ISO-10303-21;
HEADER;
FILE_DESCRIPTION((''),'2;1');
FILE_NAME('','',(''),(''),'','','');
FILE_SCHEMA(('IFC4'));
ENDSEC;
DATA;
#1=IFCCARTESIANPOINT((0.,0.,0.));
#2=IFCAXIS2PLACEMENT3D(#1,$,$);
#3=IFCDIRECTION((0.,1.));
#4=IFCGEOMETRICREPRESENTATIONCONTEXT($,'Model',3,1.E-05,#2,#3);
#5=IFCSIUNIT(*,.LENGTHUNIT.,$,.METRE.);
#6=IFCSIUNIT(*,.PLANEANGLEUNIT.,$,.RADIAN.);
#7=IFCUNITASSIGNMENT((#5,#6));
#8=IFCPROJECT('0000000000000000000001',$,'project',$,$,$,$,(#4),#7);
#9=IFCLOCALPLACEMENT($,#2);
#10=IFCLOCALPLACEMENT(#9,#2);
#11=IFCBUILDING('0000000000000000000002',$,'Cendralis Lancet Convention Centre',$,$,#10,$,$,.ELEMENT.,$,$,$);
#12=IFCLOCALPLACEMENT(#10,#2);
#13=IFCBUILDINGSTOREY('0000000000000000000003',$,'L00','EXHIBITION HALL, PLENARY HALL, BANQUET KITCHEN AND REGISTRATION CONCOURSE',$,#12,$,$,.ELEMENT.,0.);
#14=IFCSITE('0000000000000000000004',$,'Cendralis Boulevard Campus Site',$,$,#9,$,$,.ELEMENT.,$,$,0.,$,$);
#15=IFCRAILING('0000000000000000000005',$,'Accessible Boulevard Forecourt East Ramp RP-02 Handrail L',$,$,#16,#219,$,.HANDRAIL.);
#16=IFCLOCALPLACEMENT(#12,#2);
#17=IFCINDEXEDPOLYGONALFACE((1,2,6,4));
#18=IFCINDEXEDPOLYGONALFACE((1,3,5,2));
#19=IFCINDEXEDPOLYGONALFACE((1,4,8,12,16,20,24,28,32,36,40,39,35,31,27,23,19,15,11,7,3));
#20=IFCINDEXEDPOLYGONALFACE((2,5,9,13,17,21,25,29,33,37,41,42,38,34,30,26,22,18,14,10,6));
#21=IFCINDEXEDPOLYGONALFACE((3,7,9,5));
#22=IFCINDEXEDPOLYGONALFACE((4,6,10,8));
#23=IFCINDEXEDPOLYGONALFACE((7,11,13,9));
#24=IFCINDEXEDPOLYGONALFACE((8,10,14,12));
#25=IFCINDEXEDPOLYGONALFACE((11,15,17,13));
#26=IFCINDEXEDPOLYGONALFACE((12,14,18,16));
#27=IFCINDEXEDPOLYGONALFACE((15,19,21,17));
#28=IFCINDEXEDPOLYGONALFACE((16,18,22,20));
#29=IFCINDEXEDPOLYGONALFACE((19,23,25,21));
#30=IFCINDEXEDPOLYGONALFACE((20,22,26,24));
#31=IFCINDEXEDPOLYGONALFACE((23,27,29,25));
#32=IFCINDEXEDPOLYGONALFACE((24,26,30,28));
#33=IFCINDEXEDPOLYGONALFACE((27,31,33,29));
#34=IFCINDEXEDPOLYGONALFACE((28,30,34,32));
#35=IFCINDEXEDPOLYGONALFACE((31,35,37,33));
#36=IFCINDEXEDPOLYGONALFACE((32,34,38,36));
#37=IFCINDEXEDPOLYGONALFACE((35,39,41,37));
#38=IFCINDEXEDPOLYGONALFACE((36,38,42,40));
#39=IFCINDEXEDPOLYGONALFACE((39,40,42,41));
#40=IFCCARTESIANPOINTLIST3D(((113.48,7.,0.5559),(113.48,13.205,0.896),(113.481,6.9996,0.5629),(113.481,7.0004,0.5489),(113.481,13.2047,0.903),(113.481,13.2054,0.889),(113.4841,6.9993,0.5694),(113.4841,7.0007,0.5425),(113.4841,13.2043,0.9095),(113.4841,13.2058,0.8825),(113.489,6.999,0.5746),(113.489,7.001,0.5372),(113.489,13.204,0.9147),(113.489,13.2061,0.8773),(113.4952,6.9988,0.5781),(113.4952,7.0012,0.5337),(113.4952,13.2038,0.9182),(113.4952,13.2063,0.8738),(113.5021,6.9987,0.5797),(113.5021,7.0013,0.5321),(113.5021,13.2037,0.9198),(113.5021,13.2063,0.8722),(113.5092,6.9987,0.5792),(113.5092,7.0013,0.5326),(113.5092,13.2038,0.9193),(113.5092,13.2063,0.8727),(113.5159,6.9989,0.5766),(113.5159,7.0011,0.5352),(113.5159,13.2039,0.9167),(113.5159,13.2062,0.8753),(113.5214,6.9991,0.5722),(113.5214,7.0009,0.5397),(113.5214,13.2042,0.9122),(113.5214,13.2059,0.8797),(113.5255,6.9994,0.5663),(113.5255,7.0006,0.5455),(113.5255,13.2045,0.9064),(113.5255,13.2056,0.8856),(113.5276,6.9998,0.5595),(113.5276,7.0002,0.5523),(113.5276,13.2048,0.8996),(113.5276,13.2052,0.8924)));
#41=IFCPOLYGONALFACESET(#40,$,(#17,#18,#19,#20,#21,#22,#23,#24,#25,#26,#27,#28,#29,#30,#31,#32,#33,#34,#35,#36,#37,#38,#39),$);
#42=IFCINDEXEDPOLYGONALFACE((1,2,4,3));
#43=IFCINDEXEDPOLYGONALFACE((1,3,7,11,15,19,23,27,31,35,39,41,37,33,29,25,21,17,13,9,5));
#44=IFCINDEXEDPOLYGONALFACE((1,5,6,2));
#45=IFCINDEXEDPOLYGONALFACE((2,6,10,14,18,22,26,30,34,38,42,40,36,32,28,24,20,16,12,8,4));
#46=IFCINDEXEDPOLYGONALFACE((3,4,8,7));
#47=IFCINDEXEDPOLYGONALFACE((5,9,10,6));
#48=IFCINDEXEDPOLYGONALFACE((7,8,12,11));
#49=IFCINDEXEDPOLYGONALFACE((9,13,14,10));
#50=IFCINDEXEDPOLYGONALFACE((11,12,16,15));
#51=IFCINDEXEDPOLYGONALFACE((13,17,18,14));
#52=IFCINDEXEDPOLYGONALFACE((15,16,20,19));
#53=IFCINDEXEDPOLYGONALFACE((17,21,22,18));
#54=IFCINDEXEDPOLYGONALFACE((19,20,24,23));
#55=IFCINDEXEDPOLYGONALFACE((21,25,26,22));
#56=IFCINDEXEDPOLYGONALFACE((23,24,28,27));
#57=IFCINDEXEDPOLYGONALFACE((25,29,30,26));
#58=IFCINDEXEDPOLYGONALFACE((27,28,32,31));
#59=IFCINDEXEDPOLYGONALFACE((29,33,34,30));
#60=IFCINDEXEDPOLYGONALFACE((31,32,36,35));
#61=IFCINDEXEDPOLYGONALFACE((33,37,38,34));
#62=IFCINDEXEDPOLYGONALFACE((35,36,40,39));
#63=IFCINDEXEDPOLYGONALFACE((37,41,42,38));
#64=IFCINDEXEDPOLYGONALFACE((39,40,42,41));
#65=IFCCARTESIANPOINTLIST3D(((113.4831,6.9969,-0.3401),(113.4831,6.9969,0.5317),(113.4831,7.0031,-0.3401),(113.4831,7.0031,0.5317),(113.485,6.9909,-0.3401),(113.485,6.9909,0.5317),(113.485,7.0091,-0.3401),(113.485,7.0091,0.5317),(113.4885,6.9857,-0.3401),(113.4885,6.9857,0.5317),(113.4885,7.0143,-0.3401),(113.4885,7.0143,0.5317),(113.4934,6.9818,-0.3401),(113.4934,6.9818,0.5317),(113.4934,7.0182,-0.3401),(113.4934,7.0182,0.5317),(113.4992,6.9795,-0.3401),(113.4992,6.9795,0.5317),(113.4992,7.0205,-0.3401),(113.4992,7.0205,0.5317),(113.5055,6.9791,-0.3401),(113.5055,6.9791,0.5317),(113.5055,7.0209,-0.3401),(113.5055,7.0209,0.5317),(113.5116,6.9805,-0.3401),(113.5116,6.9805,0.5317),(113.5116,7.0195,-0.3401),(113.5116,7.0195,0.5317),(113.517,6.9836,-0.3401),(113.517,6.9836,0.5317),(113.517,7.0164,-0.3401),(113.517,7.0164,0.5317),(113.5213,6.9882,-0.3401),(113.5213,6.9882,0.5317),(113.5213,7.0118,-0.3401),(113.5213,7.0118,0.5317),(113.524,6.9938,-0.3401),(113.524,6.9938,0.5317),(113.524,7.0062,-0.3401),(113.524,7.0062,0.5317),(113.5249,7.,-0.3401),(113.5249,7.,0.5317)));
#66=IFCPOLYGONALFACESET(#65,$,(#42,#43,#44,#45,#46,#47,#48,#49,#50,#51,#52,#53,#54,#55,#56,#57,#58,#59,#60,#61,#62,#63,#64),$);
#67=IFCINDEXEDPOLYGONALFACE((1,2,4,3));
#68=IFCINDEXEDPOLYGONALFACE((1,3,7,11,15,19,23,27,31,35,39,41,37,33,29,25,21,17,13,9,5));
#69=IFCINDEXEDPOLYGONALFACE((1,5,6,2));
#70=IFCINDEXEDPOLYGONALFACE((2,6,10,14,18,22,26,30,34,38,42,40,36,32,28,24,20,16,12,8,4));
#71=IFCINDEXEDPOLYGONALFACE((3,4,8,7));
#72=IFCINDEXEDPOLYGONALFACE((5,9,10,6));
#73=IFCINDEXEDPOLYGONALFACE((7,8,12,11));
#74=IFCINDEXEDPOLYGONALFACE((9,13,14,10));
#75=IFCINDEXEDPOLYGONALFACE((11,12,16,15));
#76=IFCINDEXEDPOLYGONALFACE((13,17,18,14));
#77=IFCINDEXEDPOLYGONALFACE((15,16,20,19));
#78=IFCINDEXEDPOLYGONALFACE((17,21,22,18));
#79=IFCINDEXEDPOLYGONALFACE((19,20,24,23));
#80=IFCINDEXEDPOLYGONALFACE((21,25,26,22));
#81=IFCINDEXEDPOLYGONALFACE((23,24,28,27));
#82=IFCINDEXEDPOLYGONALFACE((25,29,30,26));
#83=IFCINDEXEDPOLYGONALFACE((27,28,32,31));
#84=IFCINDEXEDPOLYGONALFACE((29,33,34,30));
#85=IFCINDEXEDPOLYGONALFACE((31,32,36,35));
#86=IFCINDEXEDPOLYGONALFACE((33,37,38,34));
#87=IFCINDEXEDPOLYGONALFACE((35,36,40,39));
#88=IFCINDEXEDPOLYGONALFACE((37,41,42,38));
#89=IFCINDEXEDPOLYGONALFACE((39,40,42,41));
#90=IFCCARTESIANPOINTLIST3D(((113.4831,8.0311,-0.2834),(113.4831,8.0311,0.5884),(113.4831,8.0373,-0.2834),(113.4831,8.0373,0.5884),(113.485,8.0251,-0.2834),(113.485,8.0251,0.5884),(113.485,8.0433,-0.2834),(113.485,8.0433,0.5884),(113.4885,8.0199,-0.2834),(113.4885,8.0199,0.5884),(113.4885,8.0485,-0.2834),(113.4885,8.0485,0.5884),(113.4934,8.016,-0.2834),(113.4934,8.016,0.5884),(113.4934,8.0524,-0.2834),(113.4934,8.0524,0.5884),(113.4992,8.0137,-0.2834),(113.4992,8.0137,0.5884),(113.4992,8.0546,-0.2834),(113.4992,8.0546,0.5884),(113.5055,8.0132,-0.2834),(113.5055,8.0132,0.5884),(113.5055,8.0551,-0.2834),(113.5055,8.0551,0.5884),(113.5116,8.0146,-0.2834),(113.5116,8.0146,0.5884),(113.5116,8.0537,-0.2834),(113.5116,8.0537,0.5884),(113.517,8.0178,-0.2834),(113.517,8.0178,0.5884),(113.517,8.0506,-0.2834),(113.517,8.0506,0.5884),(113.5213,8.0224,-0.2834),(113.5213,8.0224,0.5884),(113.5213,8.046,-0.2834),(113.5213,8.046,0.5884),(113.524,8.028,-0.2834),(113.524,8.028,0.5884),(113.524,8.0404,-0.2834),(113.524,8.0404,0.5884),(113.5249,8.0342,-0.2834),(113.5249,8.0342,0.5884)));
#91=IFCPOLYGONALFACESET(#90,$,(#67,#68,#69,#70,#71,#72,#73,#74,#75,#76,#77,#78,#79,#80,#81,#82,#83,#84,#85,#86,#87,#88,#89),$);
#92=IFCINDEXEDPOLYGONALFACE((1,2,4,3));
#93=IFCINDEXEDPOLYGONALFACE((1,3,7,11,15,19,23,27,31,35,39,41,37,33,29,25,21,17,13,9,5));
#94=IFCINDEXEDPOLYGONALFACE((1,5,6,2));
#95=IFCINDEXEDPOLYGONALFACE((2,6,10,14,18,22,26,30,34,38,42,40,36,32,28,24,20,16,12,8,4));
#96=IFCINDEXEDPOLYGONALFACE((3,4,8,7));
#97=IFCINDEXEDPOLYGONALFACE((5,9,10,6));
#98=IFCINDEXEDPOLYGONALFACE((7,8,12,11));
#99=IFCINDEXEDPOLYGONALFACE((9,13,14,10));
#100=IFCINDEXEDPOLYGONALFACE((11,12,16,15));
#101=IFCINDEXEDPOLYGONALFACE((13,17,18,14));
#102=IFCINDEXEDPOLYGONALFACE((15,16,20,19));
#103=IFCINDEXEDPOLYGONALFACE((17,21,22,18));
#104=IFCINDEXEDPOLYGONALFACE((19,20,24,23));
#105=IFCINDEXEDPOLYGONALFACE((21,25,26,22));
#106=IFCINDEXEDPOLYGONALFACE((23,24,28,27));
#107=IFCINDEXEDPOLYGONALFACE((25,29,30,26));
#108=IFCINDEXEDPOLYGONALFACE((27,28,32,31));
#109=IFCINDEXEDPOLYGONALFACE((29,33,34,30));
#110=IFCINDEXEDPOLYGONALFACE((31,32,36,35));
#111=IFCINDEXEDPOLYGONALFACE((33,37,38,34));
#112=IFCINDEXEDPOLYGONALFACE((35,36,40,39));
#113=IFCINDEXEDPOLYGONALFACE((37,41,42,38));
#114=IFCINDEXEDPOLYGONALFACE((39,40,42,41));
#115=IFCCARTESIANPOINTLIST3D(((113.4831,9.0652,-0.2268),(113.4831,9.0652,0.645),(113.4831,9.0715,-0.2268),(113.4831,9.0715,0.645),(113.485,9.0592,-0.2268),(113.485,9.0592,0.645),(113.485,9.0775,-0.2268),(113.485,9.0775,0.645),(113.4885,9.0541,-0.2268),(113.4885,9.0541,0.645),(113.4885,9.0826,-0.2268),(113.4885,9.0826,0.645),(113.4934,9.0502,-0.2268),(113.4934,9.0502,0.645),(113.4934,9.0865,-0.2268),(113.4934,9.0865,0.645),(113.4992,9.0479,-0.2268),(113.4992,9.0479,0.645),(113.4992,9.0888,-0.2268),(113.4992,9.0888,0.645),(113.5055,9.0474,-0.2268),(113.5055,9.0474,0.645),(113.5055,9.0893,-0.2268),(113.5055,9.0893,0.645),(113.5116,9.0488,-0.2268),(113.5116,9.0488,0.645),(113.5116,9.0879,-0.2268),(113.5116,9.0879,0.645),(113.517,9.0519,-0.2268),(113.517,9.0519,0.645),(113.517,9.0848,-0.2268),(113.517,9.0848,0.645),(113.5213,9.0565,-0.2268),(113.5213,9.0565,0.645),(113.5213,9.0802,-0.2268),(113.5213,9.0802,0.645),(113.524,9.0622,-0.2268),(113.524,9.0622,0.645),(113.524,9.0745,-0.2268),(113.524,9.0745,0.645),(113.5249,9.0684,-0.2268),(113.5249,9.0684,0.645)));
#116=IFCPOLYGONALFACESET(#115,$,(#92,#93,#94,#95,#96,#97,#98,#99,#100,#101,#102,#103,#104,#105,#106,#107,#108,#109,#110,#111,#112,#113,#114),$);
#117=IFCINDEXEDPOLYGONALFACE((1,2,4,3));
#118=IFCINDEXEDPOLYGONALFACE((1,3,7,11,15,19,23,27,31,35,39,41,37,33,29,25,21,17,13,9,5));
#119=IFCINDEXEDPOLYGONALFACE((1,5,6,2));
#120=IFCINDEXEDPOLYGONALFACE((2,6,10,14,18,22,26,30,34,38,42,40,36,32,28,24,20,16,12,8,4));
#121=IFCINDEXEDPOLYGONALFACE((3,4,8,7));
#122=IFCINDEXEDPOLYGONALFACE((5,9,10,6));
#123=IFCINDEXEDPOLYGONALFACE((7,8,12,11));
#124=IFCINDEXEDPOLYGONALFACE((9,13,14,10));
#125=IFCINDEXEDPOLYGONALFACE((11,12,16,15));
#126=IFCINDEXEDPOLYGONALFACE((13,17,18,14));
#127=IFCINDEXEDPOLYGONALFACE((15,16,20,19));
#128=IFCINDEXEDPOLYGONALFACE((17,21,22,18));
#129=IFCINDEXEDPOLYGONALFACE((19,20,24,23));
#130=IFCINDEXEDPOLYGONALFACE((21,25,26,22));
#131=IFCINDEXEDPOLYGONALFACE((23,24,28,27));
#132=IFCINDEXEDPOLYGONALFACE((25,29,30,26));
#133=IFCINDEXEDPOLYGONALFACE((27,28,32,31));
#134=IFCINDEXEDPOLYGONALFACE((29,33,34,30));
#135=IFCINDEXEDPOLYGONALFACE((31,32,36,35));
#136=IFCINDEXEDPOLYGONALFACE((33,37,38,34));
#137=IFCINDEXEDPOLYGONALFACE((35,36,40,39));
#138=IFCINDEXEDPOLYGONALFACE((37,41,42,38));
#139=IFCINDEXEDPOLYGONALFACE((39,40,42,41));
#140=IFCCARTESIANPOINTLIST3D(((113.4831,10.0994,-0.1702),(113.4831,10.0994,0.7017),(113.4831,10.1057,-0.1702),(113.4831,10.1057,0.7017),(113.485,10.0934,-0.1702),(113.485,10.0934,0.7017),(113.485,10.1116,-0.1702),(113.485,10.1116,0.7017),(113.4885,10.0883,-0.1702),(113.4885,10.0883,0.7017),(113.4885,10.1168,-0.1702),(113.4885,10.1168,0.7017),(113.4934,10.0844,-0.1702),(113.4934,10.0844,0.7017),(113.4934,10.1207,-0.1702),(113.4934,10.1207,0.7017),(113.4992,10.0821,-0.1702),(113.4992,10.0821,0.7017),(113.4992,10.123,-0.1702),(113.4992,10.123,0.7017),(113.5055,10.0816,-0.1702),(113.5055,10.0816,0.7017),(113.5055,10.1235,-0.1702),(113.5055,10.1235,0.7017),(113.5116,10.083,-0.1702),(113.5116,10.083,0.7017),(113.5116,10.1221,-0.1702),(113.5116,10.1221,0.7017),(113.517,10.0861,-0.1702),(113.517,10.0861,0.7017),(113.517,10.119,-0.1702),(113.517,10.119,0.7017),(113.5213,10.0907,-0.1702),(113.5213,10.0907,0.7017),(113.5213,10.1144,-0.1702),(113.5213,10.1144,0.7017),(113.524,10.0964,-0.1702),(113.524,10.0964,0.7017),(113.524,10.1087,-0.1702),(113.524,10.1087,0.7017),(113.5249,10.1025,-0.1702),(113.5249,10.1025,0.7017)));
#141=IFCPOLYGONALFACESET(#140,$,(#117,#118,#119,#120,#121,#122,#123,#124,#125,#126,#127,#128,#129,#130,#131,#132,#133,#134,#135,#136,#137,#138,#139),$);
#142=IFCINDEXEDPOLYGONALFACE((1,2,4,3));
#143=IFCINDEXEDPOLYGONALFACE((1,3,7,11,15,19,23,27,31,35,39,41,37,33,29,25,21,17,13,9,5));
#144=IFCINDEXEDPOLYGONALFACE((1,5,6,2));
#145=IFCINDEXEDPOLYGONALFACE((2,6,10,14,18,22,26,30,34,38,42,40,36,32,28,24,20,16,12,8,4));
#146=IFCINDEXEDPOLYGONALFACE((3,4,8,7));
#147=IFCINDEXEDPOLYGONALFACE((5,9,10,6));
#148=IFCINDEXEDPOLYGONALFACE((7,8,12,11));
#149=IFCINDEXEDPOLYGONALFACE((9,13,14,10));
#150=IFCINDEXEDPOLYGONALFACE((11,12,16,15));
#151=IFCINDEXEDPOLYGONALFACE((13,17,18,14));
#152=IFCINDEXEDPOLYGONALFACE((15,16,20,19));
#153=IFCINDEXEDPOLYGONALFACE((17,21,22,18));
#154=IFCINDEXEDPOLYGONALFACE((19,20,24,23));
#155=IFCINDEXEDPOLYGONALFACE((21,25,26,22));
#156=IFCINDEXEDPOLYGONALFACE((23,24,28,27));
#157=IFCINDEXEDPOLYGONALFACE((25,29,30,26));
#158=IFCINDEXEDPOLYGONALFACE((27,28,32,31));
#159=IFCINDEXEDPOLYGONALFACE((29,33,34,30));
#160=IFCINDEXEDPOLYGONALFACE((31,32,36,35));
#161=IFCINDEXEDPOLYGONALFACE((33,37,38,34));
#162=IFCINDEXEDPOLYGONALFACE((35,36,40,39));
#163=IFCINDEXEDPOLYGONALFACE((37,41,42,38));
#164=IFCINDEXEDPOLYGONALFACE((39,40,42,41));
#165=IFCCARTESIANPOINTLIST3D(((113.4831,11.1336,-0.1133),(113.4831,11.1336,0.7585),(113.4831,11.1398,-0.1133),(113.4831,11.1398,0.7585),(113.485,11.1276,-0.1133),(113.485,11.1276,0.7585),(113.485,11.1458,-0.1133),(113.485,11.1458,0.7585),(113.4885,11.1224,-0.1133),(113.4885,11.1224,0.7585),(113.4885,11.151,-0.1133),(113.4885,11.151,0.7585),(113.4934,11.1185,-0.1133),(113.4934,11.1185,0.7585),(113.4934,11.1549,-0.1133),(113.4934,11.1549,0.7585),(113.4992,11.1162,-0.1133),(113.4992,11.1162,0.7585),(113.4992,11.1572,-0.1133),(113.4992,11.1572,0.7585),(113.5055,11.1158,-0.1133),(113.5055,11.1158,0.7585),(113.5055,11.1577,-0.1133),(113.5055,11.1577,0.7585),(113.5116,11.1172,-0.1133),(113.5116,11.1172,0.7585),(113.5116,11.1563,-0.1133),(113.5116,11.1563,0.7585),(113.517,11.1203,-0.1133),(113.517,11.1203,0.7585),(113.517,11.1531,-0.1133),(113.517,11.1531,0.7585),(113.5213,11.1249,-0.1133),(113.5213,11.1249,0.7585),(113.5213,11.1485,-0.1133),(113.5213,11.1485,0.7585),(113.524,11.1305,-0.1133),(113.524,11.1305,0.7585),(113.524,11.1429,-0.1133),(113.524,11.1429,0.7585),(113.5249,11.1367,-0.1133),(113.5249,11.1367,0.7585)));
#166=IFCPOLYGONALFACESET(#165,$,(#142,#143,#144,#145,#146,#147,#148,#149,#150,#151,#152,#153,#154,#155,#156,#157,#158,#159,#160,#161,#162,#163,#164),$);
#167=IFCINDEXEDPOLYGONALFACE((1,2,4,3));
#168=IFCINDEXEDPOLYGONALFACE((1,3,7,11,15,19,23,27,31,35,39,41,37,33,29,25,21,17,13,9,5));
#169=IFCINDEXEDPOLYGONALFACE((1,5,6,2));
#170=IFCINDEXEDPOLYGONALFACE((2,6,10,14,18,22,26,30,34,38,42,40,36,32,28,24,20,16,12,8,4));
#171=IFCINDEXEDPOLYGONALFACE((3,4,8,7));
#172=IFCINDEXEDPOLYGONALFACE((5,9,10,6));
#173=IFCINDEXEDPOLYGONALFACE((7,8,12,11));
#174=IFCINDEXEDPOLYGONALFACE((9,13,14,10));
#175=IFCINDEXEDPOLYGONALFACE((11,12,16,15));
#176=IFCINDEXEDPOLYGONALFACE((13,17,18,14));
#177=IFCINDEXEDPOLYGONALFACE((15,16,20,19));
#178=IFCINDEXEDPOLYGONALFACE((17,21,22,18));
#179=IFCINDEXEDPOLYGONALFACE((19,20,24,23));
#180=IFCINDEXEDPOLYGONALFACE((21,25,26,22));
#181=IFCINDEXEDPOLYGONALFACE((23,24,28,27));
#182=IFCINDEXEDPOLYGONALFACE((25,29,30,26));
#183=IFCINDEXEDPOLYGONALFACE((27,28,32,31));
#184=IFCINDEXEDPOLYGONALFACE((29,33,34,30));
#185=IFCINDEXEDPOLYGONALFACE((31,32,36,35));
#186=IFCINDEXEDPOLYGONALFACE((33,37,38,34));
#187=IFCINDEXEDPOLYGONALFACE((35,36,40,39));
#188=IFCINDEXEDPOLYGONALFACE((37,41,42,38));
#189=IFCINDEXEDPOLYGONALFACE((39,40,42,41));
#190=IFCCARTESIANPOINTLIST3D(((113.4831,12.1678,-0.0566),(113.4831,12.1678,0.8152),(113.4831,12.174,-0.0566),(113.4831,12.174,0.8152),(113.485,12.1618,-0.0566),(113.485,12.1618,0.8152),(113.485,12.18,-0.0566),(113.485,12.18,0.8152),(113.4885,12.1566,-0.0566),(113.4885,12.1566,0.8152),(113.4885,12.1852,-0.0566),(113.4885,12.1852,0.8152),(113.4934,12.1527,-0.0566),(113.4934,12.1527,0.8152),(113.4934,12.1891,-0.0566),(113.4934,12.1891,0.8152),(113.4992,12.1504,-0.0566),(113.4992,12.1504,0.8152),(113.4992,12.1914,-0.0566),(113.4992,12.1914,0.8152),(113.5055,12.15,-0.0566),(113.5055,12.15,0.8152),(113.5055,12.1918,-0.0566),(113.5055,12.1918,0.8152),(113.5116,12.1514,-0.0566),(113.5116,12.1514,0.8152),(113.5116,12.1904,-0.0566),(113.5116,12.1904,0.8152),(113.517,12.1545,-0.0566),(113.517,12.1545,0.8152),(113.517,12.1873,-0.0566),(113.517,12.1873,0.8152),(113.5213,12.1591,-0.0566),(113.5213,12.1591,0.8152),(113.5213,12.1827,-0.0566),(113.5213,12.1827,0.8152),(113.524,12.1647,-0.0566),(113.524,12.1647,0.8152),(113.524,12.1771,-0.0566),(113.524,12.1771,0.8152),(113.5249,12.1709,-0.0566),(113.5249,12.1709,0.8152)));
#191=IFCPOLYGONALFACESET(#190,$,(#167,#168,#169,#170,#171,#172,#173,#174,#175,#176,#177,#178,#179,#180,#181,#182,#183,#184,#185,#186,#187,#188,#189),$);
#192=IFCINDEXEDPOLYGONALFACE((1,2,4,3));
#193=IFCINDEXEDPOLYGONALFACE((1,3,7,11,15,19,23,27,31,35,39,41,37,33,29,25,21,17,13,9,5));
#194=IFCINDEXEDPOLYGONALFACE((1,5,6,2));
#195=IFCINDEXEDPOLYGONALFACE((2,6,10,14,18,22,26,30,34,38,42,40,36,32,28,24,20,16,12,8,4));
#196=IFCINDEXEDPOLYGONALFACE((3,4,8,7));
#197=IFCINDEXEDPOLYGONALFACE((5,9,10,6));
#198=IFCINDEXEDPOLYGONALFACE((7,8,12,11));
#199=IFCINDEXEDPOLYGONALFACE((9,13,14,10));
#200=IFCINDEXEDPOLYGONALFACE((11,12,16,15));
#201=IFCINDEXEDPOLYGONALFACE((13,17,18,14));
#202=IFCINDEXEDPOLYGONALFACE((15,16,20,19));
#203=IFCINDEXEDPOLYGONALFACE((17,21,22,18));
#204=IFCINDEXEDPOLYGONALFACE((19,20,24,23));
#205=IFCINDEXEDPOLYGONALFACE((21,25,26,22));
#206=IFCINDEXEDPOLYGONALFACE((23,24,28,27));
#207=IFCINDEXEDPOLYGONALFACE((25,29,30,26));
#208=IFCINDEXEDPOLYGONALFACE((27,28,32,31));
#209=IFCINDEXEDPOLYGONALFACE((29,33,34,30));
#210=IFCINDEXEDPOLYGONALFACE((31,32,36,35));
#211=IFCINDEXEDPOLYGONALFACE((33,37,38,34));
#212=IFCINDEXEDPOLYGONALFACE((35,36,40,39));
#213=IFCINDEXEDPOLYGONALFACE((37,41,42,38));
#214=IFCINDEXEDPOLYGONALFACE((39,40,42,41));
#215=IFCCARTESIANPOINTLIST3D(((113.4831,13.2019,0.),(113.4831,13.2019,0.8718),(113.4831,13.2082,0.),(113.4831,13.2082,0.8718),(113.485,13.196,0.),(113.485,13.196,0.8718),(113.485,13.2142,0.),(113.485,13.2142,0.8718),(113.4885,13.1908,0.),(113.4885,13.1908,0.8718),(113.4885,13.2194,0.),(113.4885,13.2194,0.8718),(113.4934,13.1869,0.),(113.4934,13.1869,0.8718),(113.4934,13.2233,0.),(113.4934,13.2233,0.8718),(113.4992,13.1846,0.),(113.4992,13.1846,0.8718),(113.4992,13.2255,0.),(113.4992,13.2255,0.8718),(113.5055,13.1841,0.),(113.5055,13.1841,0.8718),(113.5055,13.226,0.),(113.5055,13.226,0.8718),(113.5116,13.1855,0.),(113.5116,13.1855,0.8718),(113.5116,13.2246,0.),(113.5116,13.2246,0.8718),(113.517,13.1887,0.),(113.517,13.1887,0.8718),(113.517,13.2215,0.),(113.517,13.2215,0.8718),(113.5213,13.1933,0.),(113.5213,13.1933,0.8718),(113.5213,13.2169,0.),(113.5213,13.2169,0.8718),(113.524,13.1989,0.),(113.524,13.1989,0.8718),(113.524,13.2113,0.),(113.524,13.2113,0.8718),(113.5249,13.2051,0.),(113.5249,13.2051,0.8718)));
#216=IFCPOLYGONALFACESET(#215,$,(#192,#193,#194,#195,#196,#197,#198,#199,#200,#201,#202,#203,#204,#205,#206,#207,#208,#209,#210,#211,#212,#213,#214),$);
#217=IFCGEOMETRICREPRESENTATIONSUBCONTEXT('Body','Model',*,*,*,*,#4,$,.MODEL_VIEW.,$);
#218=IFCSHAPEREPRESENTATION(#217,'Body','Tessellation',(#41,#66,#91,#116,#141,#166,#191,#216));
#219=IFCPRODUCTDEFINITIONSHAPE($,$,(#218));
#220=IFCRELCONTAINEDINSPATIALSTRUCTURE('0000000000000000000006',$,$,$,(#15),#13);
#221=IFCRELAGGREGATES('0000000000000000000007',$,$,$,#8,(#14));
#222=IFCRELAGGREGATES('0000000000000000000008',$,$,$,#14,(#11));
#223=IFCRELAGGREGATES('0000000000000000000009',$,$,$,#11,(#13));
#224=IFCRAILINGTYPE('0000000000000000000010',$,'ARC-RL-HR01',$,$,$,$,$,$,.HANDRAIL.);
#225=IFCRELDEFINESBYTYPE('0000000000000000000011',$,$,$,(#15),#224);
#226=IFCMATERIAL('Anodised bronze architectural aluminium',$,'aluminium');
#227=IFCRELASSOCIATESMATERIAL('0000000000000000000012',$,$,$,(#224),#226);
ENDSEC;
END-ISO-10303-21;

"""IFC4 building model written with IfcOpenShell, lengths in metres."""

from ifc_helpers import new_model, si_unit, direction, frame, origin, origin_2d, place, context, subcontext, project, spatial, circle, extrude, material, type_object, element, save


model = new_model("IFC4")

# Units and contexts
model_context = context("Model", 3, precision=1e-05, world=origin(), true_north=direction((0.0, 1.0)))
body_context = subcontext(model_context, "Body", "Model", "MODEL_VIEW")
ifc_project = project(units=[si_unit("LENGTHUNIT", "METRE"), si_unit("PLANEANGLEUNIT", "RADIAN")], contexts=[model_context])

# Site, building, storey
site_placement = place(None, origin())
site = spatial("IfcSite", under=ifc_project, at=site_placement, Name="Cendralis Boulevard Campus Site", CompositionType="ELEMENT", RefElevation=0.0)
building_placement = place(site_placement, origin())
building = spatial("IfcBuilding", under=site, at=building_placement, Name="Cendralis Lancet Convention Centre", CompositionType="ELEMENT")
storey_placement = place(building_placement, origin())
storey = spatial("IfcBuildingStorey", under=building, at=storey_placement, Name="L00", Description="EXHIBITION HALL, PLENARY HALL, BANQUET KITCHEN AND REGISTRATION CONCOURSE", CompositionType="ELEMENT", Elevation=0.0)

# Shared definitions
ifc_material_1 = material(Name="Anodised bronze architectural aluminium", Category="aluminium")

# Railing
railing_type = type_object("IfcRailingType", Name="ARC-RL-HR01", PredefinedType="HANDRAIL", material=ifc_material_1)
for number, where, name in (
    (1, (113.5039, 7.0, -0.3401), "Accessible Boulevard Forecourt East Ramp RP-02 Handrail L"),
):
    element("IfcRailing", number, at=place(storey_placement, frame(where)), inside=storey, type_object=railing_type, Name=name, PredefinedType="HANDRAIL", context=body_context, shape_type="SweptSolid", body=[
        extrude(circle(Radius=0.0239, at=origin_2d()), frame((0.0, 0.0, 0.896), z_axis=(0.0, 0.998501, 0.054726), x_axis=(-1.0, 0.0, 0.0)), (0.0, 0.0, 1.0), 6.2144),
        extrude(circle(Radius=0.021, at=origin_2d()), origin(), (0.0, 0.0, 1.0), 0.8718),
        extrude(circle(Radius=0.021, at=origin_2d()), frame((0.0, 1.0342, 0.0566)), (0.0, 0.0, 1.0), 0.8718),
        extrude(circle(Radius=0.021, at=origin_2d()), frame((0.0, 2.0684, 0.1133)), (0.0, 0.0, 1.0), 0.8718),
        extrude(circle(Radius=0.021, at=origin_2d()), frame((0.0, 3.1025, 0.1699)), (0.0, 0.0, 1.0), 0.8718),
        extrude(circle(Radius=0.021, at=origin_2d()), frame((0.0, 4.1367, 0.2268)), (0.0, 0.0, 1.0), 0.8718),
        extrude(circle(Radius=0.021, at=origin_2d()), frame((0.0, 5.1709, 0.2834)), (0.0, 0.0, 1.0), 0.8718),
        extrude(circle(Radius=0.021, at=origin_2d()), frame((0.0, 6.2051, 0.3401)), (0.0, 0.0, 1.0), 0.8718),
    ])

save(model, "model.ifc")
